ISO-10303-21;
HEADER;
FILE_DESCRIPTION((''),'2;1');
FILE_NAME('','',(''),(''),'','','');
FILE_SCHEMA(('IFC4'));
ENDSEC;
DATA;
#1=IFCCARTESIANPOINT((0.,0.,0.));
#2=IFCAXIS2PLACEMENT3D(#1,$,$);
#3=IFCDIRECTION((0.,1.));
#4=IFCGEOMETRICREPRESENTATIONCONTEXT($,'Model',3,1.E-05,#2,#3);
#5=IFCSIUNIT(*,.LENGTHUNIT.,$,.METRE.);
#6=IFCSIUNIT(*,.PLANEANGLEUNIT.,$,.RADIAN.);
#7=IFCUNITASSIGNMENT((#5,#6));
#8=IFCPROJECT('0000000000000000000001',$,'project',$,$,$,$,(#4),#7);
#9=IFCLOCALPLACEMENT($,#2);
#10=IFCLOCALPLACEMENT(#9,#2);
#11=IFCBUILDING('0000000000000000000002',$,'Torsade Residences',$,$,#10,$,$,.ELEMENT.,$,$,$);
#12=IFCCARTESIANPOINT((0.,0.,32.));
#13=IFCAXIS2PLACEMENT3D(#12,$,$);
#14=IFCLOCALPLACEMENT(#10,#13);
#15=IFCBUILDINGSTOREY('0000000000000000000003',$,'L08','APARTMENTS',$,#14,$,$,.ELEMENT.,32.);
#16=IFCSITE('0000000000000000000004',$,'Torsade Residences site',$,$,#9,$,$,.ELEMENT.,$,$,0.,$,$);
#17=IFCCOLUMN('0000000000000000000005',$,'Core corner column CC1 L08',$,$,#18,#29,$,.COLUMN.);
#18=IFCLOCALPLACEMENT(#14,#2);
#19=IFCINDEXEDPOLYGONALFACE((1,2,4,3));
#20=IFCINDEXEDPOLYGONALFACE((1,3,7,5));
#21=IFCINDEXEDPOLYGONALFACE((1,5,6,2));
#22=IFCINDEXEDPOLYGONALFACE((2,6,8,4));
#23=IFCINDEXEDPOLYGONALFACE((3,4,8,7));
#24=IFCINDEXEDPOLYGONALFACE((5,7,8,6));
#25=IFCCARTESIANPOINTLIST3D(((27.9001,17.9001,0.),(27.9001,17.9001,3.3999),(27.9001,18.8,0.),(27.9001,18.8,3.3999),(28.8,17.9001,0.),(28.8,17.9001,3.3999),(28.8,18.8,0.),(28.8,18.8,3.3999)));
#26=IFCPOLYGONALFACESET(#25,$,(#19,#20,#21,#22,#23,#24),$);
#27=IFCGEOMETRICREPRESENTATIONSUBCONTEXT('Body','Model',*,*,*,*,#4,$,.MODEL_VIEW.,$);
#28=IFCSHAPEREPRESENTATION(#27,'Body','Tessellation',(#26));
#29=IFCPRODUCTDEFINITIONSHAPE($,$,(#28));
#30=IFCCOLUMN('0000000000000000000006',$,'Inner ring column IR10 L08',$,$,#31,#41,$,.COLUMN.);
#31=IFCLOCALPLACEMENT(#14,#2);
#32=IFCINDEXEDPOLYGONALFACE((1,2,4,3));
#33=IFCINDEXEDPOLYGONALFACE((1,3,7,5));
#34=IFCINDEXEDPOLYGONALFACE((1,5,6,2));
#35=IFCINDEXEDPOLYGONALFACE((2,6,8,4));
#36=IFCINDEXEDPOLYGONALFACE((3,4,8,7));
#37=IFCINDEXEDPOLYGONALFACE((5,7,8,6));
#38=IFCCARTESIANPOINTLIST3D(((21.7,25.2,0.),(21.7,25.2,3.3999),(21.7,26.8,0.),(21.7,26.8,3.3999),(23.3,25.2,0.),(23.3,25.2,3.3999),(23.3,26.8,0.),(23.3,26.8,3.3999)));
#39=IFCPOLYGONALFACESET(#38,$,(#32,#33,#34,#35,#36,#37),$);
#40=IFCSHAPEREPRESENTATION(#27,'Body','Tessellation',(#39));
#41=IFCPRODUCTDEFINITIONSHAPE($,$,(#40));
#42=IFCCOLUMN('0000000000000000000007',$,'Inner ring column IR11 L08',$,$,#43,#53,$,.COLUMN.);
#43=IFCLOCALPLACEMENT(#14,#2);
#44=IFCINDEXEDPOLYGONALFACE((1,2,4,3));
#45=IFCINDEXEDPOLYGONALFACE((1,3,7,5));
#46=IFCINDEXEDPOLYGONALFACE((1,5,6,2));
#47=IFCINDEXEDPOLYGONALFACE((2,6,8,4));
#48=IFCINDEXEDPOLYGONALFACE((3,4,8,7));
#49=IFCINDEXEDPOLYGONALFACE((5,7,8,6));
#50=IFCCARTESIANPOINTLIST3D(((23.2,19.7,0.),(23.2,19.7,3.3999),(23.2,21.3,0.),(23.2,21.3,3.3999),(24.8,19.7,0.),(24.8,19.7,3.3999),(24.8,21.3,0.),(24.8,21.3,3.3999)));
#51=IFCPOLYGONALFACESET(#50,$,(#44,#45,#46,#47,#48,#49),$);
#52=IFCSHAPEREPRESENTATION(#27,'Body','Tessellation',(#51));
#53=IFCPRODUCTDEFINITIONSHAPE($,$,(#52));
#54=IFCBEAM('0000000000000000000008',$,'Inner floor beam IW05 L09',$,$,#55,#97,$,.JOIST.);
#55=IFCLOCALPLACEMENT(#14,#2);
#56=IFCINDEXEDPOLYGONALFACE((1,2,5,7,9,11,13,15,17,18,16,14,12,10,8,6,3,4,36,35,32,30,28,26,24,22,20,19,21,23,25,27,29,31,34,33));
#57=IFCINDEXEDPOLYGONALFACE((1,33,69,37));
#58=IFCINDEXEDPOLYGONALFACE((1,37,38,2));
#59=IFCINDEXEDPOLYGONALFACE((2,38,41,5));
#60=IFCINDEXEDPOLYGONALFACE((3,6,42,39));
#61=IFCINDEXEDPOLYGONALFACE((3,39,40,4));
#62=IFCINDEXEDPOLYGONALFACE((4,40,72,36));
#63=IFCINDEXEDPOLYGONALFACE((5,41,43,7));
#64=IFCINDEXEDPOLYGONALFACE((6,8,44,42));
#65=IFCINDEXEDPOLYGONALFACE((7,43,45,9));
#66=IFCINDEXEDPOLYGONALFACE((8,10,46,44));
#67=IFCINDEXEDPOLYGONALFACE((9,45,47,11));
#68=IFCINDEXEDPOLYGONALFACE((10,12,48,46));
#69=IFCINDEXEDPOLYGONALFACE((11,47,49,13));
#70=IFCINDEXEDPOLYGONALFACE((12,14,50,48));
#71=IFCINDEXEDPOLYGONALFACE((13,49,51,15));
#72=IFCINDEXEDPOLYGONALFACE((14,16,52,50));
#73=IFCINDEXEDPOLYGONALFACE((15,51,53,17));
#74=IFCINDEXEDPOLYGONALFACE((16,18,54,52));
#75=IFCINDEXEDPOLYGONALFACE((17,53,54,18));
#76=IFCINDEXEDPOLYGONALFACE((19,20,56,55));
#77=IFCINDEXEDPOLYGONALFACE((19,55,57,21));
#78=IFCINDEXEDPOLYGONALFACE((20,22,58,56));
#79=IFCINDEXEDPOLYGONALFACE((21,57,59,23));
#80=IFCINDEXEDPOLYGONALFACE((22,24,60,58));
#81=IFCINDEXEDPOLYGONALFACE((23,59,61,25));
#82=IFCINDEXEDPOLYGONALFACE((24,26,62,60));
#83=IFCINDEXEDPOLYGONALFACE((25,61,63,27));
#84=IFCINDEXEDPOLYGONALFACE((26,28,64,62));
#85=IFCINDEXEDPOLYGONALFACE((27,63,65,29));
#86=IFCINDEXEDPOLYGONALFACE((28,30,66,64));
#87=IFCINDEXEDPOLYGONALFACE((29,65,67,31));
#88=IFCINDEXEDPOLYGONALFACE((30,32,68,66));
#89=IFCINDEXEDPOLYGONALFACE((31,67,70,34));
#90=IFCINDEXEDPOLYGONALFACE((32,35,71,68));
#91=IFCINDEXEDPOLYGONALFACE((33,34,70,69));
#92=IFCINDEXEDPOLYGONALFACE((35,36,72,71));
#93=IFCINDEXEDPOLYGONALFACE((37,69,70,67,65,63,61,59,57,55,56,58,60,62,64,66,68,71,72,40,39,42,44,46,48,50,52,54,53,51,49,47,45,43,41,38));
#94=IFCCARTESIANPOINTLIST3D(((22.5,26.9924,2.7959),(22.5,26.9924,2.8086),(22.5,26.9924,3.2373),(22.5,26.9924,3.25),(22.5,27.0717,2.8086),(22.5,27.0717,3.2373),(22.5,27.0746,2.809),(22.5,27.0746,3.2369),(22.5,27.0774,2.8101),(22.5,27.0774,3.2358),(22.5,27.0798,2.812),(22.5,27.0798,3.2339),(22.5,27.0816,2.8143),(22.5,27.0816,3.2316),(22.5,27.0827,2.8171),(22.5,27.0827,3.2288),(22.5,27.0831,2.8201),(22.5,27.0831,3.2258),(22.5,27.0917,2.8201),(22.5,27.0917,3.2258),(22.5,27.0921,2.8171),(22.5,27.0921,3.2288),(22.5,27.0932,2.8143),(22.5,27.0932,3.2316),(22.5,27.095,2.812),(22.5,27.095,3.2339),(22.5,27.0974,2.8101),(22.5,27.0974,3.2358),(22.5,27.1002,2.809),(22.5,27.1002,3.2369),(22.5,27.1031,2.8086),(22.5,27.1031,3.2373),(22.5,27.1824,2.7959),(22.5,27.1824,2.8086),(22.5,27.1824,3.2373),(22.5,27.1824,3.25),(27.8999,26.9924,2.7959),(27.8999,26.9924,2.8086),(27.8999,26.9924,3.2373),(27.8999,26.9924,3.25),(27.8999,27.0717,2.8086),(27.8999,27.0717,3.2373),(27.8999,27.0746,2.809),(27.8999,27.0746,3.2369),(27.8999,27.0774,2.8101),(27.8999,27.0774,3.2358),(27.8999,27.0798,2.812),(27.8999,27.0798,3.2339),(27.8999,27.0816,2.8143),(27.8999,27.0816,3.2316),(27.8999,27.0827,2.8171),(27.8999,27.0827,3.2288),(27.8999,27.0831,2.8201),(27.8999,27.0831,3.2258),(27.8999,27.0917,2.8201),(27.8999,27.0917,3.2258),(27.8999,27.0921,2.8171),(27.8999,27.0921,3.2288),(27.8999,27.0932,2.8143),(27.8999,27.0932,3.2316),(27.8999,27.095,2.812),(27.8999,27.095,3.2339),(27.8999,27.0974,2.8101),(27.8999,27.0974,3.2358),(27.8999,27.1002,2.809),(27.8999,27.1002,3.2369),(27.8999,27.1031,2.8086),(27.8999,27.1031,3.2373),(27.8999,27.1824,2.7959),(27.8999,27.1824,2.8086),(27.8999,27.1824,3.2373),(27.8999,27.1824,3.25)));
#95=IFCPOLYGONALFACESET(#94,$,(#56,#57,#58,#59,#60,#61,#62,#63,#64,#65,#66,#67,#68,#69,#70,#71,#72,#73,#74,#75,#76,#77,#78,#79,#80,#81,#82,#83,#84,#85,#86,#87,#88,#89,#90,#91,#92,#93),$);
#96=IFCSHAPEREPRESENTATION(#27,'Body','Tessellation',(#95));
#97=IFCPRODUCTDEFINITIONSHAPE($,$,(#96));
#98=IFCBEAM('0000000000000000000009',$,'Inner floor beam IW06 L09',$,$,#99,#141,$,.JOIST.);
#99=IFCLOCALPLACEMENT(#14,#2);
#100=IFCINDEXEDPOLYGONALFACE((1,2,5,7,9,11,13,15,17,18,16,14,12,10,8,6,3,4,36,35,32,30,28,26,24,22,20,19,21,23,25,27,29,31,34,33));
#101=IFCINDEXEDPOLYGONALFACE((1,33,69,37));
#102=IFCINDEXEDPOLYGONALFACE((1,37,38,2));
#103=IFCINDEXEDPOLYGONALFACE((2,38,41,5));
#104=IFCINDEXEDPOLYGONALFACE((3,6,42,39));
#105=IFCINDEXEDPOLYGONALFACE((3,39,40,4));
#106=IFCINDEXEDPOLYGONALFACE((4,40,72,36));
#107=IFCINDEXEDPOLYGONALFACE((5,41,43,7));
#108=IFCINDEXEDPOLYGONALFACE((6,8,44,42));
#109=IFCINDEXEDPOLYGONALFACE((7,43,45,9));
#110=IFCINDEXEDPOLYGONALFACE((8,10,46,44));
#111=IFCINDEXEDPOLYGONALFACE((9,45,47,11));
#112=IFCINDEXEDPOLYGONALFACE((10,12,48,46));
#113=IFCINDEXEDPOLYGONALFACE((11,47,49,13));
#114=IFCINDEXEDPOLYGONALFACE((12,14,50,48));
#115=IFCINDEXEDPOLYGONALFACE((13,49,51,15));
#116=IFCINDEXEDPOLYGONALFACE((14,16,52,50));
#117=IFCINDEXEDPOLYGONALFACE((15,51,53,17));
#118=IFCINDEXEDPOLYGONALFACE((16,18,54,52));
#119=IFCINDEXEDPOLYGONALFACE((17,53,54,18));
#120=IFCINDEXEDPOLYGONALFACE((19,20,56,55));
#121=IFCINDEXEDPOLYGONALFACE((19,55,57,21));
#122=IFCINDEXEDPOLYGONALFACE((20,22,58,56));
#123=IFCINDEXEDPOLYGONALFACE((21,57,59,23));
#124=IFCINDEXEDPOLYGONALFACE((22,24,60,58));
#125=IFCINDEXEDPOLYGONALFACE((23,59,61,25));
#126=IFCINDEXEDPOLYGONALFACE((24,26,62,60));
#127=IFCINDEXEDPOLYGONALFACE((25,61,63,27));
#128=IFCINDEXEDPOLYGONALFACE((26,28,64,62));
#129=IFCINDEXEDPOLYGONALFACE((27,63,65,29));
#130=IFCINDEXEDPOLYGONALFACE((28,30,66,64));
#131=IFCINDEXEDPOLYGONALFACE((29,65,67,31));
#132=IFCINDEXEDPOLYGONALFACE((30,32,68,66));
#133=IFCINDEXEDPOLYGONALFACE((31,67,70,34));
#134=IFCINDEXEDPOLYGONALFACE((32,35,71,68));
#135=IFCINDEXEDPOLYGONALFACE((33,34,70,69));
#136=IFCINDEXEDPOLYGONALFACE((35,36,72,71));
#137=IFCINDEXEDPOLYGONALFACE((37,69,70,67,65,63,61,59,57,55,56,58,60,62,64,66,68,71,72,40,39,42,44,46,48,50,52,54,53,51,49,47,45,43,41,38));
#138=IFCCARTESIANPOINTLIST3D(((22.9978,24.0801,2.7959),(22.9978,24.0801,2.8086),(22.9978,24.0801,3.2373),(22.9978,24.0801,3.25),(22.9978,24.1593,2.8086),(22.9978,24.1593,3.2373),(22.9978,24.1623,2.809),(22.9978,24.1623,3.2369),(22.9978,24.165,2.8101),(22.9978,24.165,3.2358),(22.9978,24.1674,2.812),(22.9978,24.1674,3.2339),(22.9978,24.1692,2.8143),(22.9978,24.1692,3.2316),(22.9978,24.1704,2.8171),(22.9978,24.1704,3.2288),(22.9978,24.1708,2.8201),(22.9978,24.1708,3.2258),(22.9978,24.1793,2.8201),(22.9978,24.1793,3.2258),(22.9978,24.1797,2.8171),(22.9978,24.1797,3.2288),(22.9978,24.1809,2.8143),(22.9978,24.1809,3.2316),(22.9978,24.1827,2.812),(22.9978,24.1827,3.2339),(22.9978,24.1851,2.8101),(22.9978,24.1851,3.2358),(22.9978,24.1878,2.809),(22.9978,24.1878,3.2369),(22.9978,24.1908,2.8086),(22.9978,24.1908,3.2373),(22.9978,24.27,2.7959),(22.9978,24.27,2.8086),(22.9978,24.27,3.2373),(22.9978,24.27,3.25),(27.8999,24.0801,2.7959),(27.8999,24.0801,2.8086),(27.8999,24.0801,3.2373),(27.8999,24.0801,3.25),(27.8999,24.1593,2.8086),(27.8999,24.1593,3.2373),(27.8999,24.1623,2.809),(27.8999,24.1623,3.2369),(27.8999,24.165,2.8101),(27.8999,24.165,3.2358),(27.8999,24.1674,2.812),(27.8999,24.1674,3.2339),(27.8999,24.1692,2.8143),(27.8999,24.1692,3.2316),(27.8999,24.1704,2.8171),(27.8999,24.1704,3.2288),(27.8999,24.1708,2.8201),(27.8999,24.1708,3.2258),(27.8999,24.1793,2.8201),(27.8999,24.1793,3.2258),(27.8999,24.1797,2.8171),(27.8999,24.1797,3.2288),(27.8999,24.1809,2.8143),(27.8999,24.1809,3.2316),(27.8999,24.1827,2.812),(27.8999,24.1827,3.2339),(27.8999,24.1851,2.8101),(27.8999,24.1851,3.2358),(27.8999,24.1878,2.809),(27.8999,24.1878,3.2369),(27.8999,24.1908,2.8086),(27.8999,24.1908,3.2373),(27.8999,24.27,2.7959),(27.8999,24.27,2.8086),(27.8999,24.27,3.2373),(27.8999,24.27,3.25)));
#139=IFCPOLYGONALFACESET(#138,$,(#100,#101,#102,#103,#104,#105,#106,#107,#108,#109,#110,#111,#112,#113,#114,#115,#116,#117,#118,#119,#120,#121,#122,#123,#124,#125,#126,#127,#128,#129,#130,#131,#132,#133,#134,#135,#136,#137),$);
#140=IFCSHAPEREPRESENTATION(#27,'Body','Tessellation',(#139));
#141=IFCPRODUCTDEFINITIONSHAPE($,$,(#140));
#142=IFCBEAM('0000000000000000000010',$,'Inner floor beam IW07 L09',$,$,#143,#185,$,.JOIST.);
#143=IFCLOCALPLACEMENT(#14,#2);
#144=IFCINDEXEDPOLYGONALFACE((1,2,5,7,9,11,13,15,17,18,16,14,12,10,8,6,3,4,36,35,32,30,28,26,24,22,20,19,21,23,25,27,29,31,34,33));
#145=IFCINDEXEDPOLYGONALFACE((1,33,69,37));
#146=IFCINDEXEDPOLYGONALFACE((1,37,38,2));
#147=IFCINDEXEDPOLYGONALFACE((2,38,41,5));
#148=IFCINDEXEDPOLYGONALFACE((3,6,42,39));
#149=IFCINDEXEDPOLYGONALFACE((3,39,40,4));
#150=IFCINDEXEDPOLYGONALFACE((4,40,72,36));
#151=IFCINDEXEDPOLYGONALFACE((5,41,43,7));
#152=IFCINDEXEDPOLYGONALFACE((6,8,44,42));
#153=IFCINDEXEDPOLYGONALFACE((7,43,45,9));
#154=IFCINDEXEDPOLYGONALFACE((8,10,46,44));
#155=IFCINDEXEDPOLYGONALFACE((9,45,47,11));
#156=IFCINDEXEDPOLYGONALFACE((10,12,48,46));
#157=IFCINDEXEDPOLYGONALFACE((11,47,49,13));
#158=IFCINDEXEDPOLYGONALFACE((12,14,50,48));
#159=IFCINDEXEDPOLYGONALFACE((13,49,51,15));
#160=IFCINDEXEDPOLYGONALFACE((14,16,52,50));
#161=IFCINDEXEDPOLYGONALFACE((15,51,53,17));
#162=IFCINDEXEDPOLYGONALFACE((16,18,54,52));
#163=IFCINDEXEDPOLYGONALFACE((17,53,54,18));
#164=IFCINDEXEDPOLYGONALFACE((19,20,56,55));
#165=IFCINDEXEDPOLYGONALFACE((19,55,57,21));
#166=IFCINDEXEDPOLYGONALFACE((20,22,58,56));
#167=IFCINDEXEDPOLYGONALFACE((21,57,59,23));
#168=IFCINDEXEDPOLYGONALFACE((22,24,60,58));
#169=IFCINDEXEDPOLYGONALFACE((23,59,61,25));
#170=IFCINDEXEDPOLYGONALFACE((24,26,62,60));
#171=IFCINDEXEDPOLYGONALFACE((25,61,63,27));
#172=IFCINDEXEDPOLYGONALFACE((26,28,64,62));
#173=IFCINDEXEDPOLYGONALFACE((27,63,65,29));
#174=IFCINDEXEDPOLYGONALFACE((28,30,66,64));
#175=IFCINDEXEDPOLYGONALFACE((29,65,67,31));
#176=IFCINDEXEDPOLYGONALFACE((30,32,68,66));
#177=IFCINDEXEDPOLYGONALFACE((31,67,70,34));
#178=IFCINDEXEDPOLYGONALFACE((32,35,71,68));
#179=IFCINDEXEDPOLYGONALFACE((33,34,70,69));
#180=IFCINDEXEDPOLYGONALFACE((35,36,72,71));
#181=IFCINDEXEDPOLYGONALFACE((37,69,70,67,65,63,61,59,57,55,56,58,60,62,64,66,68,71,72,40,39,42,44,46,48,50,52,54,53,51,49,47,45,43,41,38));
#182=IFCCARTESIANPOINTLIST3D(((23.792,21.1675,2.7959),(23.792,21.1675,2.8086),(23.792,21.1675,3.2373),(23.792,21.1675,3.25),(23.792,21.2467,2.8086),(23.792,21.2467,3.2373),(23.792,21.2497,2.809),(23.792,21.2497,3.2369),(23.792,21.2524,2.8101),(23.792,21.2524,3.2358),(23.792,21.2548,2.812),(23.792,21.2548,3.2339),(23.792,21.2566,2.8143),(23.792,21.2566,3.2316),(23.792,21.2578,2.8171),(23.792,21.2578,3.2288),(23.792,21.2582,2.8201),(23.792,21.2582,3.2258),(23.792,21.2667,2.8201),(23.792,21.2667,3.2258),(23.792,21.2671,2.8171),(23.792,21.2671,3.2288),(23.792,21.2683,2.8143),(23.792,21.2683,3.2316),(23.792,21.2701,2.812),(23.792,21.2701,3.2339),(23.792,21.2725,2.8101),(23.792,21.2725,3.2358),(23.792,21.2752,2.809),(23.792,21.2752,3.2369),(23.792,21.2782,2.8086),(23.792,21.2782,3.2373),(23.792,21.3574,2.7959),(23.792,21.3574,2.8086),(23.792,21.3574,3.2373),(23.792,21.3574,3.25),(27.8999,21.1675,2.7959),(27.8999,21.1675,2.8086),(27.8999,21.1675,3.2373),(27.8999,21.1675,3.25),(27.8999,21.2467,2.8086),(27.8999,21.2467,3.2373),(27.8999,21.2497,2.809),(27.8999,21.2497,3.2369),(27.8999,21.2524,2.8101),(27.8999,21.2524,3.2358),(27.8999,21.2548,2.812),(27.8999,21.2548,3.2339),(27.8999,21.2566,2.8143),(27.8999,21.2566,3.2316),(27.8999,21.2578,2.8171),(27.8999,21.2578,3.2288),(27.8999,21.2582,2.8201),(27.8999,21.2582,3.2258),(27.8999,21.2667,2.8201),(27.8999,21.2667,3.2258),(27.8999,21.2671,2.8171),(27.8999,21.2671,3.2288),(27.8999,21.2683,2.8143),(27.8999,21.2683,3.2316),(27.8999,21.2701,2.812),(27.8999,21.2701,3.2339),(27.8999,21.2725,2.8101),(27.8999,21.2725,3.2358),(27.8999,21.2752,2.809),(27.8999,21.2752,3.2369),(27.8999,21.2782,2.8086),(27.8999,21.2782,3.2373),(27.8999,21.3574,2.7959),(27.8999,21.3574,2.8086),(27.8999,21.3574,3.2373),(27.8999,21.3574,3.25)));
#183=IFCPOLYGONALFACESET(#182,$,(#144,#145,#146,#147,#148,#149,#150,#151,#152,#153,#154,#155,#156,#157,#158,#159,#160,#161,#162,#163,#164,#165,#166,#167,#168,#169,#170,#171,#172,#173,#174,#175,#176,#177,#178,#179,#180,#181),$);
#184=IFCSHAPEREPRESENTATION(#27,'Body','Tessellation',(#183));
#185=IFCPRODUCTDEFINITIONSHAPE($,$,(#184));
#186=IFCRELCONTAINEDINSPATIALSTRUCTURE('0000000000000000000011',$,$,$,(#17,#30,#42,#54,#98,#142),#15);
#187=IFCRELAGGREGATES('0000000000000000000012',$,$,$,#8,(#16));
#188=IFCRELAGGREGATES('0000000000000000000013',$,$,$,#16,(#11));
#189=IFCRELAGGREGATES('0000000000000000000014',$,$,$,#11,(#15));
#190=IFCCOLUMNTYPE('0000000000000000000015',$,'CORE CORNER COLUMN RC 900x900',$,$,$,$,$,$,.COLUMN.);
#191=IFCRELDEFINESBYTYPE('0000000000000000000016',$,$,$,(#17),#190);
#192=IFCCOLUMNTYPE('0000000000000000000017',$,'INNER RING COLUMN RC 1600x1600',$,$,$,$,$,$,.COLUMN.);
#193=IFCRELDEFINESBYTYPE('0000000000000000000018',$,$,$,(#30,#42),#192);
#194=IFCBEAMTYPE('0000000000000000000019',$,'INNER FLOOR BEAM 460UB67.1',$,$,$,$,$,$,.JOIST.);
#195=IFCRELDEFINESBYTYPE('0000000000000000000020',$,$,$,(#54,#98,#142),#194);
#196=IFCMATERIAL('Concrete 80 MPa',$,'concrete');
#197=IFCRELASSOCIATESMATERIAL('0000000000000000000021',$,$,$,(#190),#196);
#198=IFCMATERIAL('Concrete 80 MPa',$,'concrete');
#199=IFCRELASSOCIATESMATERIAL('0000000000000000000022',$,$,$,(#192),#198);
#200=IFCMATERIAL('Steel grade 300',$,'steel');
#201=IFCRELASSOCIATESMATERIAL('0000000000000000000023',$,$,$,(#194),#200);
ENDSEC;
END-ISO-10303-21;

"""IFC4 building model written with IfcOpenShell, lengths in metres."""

from ifc_helpers import new_model, si_unit, direction, frame, origin, origin_2d, place, context, subcontext, project, spatial, rectangle, i_section, extrude, material, material_profile, profile_set, type_object, element, save


model = new_model("IFC4")

# Units and contexts
model_context = context("Model", 3, precision=1e-05, world=origin(), true_north=direction((0.0, 1.0)))
body_context = subcontext(model_context, "Body", "Model", "MODEL_VIEW")
ifc_project = project(units=[si_unit("LENGTHUNIT", "METRE"), si_unit("PLANEANGLEUNIT", "RADIAN")], contexts=[model_context])

# Site, building, storey
site_placement = place(None, origin())
site = spatial("IfcSite", under=ifc_project, at=site_placement, Name="Torsade Residences site", CompositionType="ELEMENT", RefElevation=0.0)
building_placement = place(site_placement, origin())
building = spatial("IfcBuilding", under=site, at=building_placement, Name="Torsade Residences", CompositionType="ELEMENT")
storey_placement = place(building_placement, frame((0.0, 0.0, 32.0)))
storey = spatial("IfcBuildingStorey", under=building, at=storey_placement, Name="L08", Description="APARTMENTS", CompositionType="ELEMENT", Elevation=32.0)

# Columns
ifc_material_1 = material(Name="Concrete 80 MPa", Category="concrete")
ifc_material_profile_1 = material_profile(ifc_material_1, rectangle(XDim=0.8999, YDim=0.8999, at=origin_2d()), Name="RC 900x900")
ifc_profile_set_1 = profile_set([ifc_material_profile_1], Name="Concrete 80 MPa")
column_type_1 = type_object("IfcColumnType", Name="CORE CORNER COLUMN RC 900x900", PredefinedType="COLUMN", material=ifc_profile_set_1)
column_placement = place(storey_placement, frame((28.3501, 18.3501, 0.0), z_axis=(0.0, 0.0, 1.0), x_axis=(1.0, 0.0, 0.0)))
element("IfcColumn", 1, at=column_placement, inside=storey, type_object=column_type_1, Name="Core corner column CC1 L08", PredefinedType="COLUMN", context=body_context, shape_type="SweptSolid", body=[
    extrude(rectangle(XDim=0.8999, YDim=0.8999, at=origin_2d()), origin(), (0.0, 0.0, 1.0), 3.3999),
])
ifc_material_2 = material(Name="Concrete 80 MPa", Category="concrete")
ifc_material_profile_2 = material_profile(ifc_material_2, rectangle(XDim=1.6001, YDim=1.6001, at=origin_2d()), Name="RC 1600x1600")
ifc_profile_set_2 = profile_set([ifc_material_profile_2], Name="Concrete 80 MPa")
column_type_2 = type_object("IfcColumnType", Name="INNER RING COLUMN RC 1600x1600", PredefinedType="COLUMN", material=ifc_profile_set_2)
for number, where, z_axis, x_axis, name in (
    (2, (22.5, 26.0, 0.0), (0.0, 0.0, 1.0), (1.0, 0.0, 0.0), "Inner ring column IR10 L08"),
    (3, (24.0, 20.5, 0.0), (0.0, 0.0, 1.0), (1.0, 0.0, 0.0), "Inner ring column IR11 L08"),
):
    element("IfcColumn", number, at=place(storey_placement, frame(where, z_axis=z_axis, x_axis=x_axis)), inside=storey, type_object=column_type_2, Name=name, PredefinedType="COLUMN", context=body_context, shape_type="SweptSolid", body=[
        extrude(rectangle(XDim=1.6001, YDim=1.6001, at=origin_2d()), origin(), (0.0, 0.0, 1.0), 3.3999),
    ])

# Beams
ifc_material_3 = material(Name="Steel grade 300", Category="steel")
ifc_material_profile_3 = material_profile(ifc_material_3, i_section(OverallWidth=0.1899, OverallDepth=0.4541, WebThickness=0.0085, FlangeThickness=0.0127, FilletRadius=0.0115, at=origin_2d()), Name="460UB67.1")
ifc_profile_set_3 = profile_set([ifc_material_profile_3], Name="Steel grade 300")
beam_type_1 = type_object("IfcBeamType", Name="INNER FLOOR BEAM 460UB67.1", PredefinedType="JOIST", material=ifc_profile_set_3)
beam_1_placement = place(storey_placement, frame((27.8999, 27.0874, 3.0229), z_axis=(-1.0, 0.0, 0.0), x_axis=(0.0, -1.0, 0.0)))
element("IfcBeam", 4, at=beam_1_placement, inside=storey, type_object=beam_type_1, Name="Inner floor beam IW05 L09", PredefinedType="JOIST", context=body_context, shape_type="SweptSolid", body=[
    extrude(i_section(OverallWidth=0.1899, OverallDepth=0.4541, WebThickness=0.0085, FlangeThickness=0.0127, FilletRadius=0.0115, at=origin_2d()), origin(), (0.0, 0.0, 1.0), 5.3999),
])
beam_2_placement = place(storey_placement, frame((27.8999, 24.175, 3.0229), z_axis=(-1.0, 0.0, 0.0), x_axis=(0.0, -1.0, 0.0)))
element("IfcBeam", 5, at=beam_2_placement, inside=storey, type_object=beam_type_1, Name="Inner floor beam IW06 L09", PredefinedType="JOIST", context=body_context, shape_type="SweptSolid", body=[
    extrude(i_section(OverallWidth=0.1899, OverallDepth=0.4541, WebThickness=0.0085, FlangeThickness=0.0127, FilletRadius=0.0115, at=origin_2d()), origin(), (0.0, 0.0, 1.0), 4.9021),
])
beam_3_placement = place(storey_placement, frame((27.8999, 21.2625, 3.0229), z_axis=(-1.0, 0.0, 0.0), x_axis=(0.0, -1.0, 0.0)))
element("IfcBeam", 6, at=beam_3_placement, inside=storey, type_object=beam_type_1, Name="Inner floor beam IW07 L09", PredefinedType="JOIST", context=body_context, shape_type="SweptSolid", body=[
    extrude(i_section(OverallWidth=0.1899, OverallDepth=0.4541, WebThickness=0.0085, FlangeThickness=0.0127, FilletRadius=0.0115, at=origin_2d()), origin(), (0.0, 0.0, 1.0), 4.1079),
])

save(model, "model.ifc")
